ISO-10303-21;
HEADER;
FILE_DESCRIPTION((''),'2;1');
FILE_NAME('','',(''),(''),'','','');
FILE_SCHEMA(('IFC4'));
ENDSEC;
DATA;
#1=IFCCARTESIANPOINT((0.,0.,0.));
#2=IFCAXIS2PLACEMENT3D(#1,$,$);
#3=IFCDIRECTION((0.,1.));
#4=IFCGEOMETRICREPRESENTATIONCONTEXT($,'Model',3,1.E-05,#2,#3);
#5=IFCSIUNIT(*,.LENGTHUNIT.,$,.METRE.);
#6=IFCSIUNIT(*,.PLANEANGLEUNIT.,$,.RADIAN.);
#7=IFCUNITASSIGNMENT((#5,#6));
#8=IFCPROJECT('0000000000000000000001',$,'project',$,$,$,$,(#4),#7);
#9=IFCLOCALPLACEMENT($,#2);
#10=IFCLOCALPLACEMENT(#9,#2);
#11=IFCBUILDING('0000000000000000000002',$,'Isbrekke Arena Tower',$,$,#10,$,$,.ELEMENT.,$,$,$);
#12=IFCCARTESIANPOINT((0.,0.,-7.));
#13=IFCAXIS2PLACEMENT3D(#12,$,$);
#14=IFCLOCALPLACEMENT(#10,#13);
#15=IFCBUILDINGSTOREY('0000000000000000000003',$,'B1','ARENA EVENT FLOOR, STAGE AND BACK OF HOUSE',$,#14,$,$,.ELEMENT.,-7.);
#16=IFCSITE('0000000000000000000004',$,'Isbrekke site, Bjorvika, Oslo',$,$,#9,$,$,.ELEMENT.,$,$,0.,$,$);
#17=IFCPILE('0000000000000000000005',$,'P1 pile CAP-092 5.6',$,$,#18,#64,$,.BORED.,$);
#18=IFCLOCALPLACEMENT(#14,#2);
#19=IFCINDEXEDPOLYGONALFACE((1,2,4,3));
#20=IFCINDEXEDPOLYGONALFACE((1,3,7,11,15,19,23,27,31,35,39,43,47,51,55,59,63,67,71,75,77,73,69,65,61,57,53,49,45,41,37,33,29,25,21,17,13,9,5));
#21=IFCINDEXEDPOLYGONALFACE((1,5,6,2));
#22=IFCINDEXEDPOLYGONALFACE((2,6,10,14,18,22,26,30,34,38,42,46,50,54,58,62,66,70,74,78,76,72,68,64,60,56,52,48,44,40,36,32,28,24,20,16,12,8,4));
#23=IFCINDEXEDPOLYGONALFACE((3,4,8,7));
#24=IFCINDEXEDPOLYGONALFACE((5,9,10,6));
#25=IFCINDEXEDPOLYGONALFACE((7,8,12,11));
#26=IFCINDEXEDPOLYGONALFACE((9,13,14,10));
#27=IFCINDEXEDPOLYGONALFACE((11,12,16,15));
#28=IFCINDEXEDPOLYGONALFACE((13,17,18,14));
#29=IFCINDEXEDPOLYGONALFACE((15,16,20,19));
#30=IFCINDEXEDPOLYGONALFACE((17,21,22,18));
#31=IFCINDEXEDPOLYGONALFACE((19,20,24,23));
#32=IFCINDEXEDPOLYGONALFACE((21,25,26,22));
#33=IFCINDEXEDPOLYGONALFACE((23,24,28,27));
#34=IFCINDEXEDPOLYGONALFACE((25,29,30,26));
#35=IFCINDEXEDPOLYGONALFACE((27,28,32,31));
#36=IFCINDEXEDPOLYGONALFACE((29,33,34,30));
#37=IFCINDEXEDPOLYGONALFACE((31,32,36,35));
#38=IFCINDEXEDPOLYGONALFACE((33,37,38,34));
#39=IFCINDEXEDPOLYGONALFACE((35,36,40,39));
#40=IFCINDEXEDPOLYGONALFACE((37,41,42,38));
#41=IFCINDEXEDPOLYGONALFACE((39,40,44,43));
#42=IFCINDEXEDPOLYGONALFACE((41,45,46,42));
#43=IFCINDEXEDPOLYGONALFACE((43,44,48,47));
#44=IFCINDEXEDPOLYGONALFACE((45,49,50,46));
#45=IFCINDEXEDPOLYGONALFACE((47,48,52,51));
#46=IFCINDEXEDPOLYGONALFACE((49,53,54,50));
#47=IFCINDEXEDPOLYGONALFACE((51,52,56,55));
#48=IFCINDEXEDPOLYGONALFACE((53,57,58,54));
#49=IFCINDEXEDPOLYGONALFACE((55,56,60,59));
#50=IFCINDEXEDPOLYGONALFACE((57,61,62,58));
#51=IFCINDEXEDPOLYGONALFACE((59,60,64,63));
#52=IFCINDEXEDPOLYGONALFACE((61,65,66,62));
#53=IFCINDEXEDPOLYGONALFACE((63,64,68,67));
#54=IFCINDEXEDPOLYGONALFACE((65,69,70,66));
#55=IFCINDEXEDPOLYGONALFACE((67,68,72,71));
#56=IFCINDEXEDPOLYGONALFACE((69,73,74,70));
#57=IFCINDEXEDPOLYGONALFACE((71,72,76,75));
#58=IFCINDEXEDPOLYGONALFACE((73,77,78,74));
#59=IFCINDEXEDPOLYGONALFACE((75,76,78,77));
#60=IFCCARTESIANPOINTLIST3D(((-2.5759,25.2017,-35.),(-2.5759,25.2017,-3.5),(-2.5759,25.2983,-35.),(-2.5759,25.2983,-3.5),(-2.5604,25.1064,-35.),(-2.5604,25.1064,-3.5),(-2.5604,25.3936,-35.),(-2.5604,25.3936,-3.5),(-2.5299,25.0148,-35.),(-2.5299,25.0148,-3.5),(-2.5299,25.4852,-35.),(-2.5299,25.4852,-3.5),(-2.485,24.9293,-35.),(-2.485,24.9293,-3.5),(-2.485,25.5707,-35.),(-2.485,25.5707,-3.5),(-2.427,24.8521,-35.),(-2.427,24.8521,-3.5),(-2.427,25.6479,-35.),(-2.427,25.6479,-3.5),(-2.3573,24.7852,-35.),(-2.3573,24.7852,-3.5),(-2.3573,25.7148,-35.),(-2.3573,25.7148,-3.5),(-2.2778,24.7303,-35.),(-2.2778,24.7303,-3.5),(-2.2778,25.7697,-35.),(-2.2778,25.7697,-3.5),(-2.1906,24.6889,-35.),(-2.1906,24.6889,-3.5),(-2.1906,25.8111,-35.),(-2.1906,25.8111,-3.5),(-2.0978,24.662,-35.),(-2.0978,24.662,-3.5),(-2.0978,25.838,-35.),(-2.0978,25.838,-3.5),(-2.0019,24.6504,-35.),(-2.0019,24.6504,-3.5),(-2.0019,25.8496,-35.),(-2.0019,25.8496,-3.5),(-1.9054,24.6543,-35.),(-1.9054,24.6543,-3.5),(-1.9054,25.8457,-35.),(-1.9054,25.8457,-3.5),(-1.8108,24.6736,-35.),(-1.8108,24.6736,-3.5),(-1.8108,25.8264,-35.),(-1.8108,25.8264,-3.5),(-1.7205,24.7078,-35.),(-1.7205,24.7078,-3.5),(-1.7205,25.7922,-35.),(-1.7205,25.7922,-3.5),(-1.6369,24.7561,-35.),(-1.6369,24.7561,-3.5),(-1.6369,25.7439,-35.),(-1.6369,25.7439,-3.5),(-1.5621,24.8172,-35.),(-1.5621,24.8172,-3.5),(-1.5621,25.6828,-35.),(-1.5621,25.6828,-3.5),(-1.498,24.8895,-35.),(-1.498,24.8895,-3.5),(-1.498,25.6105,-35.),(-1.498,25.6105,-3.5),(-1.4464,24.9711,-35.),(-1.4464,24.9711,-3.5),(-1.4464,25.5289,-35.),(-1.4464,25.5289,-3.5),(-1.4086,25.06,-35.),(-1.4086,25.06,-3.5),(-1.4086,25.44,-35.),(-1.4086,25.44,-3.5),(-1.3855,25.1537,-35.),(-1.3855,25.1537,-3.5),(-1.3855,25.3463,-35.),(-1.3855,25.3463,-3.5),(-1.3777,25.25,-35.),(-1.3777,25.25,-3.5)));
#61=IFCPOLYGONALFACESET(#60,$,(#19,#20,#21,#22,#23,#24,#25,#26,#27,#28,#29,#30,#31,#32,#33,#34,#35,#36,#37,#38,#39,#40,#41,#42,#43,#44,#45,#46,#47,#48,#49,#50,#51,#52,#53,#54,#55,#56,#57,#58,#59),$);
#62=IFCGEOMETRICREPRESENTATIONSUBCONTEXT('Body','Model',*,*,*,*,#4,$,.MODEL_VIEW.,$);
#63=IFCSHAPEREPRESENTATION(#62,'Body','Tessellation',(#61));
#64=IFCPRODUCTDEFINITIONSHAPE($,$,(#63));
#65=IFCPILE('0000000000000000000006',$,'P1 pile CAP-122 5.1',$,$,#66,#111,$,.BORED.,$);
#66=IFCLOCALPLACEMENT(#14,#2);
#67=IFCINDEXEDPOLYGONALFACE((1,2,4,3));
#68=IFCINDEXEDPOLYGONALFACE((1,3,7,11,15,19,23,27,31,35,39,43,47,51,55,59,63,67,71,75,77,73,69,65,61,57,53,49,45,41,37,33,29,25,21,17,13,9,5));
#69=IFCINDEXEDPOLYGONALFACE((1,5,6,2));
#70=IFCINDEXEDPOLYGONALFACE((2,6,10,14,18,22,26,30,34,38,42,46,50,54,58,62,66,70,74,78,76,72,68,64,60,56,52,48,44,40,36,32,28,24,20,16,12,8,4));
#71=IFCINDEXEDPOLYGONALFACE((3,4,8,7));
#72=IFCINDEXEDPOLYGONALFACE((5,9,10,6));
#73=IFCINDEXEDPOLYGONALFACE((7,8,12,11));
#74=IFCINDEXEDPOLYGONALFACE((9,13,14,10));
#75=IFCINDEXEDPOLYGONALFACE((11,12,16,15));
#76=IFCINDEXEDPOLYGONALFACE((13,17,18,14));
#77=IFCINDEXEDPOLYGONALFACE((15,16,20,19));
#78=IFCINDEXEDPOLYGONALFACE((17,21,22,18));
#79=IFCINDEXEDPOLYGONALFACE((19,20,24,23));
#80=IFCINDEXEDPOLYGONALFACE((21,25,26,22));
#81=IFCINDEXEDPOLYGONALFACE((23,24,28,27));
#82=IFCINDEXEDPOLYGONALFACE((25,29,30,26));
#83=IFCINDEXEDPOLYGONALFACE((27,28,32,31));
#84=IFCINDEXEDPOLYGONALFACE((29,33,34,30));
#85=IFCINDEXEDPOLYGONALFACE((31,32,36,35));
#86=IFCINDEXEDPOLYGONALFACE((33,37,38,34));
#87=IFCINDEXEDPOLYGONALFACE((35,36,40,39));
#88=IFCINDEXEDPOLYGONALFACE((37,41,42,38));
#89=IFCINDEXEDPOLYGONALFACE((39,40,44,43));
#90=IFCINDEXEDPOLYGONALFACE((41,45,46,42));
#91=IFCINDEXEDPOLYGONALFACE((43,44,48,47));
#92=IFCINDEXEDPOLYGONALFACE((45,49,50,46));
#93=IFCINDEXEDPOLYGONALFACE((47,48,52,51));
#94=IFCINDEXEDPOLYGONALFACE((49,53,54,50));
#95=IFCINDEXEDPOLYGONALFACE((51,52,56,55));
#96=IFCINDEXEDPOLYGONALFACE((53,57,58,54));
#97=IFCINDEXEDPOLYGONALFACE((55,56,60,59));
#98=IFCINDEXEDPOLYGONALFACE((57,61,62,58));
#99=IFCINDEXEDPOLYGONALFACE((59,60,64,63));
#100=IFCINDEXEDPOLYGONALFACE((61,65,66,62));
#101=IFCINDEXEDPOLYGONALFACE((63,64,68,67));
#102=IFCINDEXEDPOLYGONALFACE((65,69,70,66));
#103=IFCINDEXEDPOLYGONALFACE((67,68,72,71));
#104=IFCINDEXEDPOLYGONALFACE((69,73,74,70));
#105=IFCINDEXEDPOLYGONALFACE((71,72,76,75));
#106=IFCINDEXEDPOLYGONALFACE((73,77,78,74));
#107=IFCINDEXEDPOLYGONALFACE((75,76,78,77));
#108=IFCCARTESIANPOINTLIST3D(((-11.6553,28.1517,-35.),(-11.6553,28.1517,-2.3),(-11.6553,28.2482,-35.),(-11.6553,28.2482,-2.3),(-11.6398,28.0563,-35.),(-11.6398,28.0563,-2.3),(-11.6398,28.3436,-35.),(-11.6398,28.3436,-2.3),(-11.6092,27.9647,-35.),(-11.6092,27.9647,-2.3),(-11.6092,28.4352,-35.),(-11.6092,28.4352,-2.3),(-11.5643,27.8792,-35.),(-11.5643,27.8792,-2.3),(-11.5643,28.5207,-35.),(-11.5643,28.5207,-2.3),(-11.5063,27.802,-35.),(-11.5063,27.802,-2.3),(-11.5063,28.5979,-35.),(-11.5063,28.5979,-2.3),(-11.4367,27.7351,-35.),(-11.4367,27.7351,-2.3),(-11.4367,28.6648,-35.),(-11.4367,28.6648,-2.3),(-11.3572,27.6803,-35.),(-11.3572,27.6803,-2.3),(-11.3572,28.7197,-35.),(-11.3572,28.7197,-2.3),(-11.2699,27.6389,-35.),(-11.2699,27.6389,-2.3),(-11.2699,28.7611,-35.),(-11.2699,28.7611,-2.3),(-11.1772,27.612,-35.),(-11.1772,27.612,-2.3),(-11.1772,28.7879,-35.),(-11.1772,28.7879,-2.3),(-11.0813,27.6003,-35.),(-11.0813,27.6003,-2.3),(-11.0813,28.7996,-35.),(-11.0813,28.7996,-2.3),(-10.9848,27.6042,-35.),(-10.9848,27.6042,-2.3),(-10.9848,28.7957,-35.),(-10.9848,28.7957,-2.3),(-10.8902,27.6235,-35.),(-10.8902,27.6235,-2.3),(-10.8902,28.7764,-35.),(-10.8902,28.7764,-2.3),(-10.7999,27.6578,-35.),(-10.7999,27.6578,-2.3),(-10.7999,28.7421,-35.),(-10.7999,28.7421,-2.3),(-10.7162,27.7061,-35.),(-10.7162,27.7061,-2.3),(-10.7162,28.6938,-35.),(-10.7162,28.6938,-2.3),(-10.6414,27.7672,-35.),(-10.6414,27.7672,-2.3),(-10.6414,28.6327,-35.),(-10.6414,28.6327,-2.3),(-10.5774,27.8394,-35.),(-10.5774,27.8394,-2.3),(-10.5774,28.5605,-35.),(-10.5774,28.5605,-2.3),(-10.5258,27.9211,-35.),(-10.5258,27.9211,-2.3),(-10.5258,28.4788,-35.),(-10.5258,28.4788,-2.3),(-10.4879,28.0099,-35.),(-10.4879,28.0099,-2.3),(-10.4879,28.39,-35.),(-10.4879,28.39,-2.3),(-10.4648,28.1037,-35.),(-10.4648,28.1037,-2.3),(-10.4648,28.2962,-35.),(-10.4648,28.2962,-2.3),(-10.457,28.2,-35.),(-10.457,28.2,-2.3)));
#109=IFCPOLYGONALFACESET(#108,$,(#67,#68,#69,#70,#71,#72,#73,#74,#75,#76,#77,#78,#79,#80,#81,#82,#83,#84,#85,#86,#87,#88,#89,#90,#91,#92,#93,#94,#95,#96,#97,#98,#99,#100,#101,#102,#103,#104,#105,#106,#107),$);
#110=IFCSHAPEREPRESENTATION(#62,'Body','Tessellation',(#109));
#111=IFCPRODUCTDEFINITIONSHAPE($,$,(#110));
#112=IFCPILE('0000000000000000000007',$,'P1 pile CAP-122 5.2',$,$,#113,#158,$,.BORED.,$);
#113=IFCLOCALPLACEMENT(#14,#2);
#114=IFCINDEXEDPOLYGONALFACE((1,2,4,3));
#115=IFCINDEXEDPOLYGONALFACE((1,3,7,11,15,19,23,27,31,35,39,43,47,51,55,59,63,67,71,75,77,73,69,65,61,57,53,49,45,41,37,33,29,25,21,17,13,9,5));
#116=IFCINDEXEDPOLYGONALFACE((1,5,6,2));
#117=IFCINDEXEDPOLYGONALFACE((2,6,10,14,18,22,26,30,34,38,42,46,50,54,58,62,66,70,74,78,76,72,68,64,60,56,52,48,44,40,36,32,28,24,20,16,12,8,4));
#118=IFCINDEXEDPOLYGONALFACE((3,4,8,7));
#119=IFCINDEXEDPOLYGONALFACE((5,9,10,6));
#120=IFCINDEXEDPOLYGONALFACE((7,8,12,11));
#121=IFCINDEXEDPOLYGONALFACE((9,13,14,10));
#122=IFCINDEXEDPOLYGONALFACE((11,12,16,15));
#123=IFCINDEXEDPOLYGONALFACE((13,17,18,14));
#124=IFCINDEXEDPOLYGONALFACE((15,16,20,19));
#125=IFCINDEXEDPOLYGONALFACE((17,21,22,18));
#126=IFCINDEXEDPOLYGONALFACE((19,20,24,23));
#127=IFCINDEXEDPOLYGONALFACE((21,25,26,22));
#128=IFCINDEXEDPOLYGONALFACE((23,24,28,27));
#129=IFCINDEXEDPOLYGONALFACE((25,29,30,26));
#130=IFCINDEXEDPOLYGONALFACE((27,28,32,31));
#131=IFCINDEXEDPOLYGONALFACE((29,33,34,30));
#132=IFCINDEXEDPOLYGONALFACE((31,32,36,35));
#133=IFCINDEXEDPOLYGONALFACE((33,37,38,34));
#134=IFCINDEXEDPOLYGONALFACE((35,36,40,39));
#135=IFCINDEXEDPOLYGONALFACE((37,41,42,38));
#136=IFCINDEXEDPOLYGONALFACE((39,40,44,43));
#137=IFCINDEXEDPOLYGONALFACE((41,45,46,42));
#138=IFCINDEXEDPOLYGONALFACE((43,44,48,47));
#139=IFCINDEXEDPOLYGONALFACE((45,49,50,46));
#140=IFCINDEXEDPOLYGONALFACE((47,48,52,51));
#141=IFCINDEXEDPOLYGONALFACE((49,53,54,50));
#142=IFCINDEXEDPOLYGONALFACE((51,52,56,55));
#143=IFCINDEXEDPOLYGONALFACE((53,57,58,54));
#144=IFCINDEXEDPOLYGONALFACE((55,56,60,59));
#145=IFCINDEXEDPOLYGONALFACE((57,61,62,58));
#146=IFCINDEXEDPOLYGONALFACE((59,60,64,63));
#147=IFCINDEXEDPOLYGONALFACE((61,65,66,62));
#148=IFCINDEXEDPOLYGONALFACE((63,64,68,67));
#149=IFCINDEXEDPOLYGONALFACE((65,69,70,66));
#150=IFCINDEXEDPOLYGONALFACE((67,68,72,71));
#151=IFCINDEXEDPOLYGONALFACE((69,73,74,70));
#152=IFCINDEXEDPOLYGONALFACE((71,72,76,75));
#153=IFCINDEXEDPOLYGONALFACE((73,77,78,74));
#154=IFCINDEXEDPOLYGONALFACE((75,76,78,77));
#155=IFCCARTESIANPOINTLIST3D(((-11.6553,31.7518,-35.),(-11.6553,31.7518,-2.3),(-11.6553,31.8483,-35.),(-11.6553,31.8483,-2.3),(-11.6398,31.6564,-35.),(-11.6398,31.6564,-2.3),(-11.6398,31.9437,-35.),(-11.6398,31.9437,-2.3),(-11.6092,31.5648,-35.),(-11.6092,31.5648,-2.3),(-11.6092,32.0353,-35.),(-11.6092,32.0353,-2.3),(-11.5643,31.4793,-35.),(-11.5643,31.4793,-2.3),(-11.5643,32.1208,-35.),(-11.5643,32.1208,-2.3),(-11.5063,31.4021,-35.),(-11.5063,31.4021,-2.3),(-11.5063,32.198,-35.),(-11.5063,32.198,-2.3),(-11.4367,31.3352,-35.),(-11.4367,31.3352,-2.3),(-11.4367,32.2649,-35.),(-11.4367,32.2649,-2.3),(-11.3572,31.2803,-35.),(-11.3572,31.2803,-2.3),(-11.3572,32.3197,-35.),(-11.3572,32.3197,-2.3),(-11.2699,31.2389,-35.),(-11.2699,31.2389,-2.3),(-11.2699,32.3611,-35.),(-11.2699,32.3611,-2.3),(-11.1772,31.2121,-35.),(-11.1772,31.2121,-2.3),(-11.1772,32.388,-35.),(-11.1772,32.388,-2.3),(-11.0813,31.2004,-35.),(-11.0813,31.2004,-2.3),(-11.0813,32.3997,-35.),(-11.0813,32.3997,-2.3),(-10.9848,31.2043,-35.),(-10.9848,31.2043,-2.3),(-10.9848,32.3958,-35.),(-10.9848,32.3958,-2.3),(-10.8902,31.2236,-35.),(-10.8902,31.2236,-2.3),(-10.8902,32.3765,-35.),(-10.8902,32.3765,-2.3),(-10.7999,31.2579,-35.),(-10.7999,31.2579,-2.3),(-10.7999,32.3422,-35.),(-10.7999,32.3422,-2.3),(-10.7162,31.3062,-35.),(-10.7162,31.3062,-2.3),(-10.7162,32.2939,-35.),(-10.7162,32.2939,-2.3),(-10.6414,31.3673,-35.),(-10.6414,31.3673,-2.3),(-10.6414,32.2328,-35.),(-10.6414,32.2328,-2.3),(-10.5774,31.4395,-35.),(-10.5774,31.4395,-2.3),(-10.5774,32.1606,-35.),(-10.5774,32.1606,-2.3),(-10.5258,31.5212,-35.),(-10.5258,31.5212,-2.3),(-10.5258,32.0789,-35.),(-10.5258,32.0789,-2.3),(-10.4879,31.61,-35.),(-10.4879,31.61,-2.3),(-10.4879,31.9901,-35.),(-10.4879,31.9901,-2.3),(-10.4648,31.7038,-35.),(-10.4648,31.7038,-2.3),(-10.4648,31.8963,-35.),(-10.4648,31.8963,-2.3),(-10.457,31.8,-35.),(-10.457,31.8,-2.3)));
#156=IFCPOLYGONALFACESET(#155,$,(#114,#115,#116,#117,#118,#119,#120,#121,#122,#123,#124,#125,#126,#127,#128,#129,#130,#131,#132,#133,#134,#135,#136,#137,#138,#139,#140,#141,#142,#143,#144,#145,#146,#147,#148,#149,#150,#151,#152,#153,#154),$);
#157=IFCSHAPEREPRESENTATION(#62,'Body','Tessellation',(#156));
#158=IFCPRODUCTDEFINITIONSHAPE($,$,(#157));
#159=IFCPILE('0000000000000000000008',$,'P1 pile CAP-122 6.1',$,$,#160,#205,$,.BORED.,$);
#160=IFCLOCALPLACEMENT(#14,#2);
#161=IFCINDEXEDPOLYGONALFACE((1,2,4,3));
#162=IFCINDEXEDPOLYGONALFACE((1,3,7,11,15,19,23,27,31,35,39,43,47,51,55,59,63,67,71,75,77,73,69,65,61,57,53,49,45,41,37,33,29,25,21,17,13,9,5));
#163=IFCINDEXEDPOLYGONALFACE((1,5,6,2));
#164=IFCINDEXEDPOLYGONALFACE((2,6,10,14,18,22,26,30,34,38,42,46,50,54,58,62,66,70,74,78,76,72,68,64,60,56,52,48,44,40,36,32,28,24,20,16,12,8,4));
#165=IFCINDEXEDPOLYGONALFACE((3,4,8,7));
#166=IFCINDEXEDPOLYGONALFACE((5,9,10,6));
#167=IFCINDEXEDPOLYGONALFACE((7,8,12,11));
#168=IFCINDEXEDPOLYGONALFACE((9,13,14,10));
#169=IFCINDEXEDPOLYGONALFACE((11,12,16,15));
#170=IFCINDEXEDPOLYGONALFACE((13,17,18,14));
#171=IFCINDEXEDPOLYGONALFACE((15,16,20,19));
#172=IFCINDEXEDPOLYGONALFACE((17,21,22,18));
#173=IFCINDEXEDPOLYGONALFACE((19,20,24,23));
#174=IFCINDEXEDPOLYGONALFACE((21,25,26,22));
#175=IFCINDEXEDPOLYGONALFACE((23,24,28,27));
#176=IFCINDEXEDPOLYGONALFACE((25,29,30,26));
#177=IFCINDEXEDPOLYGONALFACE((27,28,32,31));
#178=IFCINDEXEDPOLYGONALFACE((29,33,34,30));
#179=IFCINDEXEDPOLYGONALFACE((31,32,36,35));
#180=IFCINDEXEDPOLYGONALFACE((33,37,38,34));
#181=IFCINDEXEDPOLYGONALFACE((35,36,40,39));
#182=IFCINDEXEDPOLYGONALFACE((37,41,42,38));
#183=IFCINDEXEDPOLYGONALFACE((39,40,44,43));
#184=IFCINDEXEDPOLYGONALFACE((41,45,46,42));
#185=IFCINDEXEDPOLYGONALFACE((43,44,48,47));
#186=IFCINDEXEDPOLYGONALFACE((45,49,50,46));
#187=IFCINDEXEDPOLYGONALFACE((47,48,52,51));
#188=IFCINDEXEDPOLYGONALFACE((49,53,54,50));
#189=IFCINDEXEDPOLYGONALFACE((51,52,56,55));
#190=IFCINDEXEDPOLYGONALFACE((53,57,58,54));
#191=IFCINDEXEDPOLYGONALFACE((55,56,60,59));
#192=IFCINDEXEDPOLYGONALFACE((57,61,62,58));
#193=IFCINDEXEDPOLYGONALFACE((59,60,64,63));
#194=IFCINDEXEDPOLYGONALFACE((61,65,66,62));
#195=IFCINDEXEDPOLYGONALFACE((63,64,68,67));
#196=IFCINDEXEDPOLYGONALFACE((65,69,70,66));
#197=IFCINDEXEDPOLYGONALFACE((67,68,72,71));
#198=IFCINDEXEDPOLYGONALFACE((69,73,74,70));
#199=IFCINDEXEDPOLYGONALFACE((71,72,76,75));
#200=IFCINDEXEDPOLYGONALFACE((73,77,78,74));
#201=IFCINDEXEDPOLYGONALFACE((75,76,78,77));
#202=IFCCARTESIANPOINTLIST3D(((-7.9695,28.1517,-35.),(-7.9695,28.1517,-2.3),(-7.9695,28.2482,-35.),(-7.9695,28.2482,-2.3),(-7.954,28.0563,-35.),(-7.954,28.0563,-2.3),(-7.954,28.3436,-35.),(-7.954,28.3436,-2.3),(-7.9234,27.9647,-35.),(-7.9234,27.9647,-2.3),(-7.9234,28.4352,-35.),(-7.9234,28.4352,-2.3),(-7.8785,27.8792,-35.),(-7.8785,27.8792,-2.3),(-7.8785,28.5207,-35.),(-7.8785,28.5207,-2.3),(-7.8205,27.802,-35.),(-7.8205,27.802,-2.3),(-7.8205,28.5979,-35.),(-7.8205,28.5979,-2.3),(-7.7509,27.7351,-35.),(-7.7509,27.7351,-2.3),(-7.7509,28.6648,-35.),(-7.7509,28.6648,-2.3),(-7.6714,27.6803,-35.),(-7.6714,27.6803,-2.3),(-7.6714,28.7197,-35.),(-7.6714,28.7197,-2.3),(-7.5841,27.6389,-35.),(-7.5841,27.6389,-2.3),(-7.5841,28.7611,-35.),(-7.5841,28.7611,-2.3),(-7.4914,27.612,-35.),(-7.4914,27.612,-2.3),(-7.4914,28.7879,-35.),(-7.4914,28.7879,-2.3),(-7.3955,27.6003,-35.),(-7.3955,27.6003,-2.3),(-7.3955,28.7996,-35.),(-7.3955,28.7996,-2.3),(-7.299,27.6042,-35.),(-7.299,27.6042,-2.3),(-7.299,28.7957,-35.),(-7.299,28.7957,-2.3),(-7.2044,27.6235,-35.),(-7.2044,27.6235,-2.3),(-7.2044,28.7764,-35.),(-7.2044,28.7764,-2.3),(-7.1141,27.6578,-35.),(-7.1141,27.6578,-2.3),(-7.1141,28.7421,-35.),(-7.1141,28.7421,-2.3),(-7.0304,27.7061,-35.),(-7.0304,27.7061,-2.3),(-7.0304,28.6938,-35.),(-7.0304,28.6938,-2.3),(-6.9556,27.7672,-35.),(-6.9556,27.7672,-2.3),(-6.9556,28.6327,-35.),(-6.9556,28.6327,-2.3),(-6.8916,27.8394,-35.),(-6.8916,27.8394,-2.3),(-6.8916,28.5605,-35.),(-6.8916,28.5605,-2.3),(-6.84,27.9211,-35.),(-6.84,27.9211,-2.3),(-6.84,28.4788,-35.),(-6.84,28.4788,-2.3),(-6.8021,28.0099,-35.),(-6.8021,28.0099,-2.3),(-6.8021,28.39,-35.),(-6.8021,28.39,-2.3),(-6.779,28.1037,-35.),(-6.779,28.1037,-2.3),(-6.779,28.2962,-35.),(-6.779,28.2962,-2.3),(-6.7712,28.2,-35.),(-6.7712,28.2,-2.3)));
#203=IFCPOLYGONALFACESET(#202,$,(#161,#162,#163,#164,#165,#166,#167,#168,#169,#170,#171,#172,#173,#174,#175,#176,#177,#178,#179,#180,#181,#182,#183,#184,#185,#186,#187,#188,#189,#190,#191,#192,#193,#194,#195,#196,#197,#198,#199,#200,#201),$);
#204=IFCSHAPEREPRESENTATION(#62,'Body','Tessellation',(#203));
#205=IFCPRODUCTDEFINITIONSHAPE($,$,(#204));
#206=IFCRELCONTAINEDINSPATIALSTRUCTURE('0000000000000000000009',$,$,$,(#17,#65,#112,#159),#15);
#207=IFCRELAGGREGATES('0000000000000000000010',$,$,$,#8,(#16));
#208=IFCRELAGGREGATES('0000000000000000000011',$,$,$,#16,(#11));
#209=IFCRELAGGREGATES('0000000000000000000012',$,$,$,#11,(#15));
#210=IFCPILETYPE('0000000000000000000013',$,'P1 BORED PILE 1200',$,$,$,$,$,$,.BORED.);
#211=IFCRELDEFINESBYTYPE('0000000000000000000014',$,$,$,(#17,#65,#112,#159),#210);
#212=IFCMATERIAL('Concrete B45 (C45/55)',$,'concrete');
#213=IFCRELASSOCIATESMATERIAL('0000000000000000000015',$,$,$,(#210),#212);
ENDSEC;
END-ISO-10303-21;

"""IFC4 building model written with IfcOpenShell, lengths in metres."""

from ifc_helpers import new_model, si_unit, direction, frame, origin, origin_2d, place, context, subcontext, project, spatial, circle, extrude, material, material_profile, profile_set, type_object, element, save


model = new_model("IFC4")

# Units and contexts
model_context = context("Model", 3, precision=1e-05, world=origin(), true_north=direction((0.0, 1.0)))
body_context = subcontext(model_context, "Body", "Model", "MODEL_VIEW")
ifc_project = project(units=[si_unit("LENGTHUNIT", "METRE"), si_unit("PLANEANGLEUNIT", "RADIAN")], contexts=[model_context])

# Site, building, storey
site_placement = place(None, origin())
site = spatial("IfcSite", under=ifc_project, at=site_placement, Name="Isbrekke site, Bjorvika, Oslo", CompositionType="ELEMENT", RefElevation=0.0)
building_placement = place(site_placement, origin())
building = spatial("IfcBuilding", under=site, at=building_placement, Name="Isbrekke Arena Tower", CompositionType="ELEMENT")
storey_placement = place(building_placement, frame((0.0, 0.0, -7.0)))
storey = spatial("IfcBuildingStorey", under=building, at=storey_placement, Name="B1", Description="ARENA EVENT FLOOR, STAGE AND BACK OF HOUSE", CompositionType="ELEMENT", Elevation=-7.0)

# Piles
ifc_material_1 = material(Name="Concrete B45 (C45/55)", Category="concrete")
ifc_material_profile_1 = material_profile(ifc_material_1, circle(Radius=0.6001, at=origin_2d()), Name="BORED PILE D1200")
ifc_profile_set_1 = profile_set([ifc_material_profile_1], Name="Concrete B45 (C45/55)")
pile_type = type_object("IfcPileType", Name="P1 BORED PILE 1200", PredefinedType="BORED", material=ifc_profile_set_1)
pile_placement = place(storey_placement, frame((-1.9778, 25.25, -3.5), z_axis=(0.0, 0.0, -1.0), x_axis=(1.0, 0.0, 0.0)))
element("IfcPile", 1, at=pile_placement, inside=storey, type_object=pile_type, Name="P1 pile CAP-092 5.6", PredefinedType="BORED", context=body_context, shape_type="SweptSolid", body=[
    extrude(circle(Radius=0.6001, at=origin_2d()), origin(), (0.0, 0.0, 1.0), 31.5),
])
for number, where, z_axis, x_axis, name in (
    (2, (-11.0571, 28.2, -2.3), (0.0, 0.0, -1.0), (1.0, 0.0, 0.0), "P1 pile CAP-122 5.1"),
    (3, (-11.0571, 31.8, -2.3), (0.0, 0.0, -1.0), (1.0, 0.0, 0.0), "P1 pile CAP-122 5.2"),
    (4, (-7.3713, 28.2, -2.3), (0.0, 0.0, -1.0), (1.0, 0.0, 0.0), "P1 pile CAP-122 6.1"),
):
    element("IfcPile", number, at=place(storey_placement, frame(where, z_axis=z_axis, x_axis=x_axis)), inside=storey, type_object=pile_type, Name=name, PredefinedType="BORED", context=body_context, shape_type="SweptSolid", body=[
        extrude(circle(Radius=0.6001, at=origin_2d()), origin(), (0.0, 0.0, 1.0), 32.7),
    ])

save(model, "model.ifc")
